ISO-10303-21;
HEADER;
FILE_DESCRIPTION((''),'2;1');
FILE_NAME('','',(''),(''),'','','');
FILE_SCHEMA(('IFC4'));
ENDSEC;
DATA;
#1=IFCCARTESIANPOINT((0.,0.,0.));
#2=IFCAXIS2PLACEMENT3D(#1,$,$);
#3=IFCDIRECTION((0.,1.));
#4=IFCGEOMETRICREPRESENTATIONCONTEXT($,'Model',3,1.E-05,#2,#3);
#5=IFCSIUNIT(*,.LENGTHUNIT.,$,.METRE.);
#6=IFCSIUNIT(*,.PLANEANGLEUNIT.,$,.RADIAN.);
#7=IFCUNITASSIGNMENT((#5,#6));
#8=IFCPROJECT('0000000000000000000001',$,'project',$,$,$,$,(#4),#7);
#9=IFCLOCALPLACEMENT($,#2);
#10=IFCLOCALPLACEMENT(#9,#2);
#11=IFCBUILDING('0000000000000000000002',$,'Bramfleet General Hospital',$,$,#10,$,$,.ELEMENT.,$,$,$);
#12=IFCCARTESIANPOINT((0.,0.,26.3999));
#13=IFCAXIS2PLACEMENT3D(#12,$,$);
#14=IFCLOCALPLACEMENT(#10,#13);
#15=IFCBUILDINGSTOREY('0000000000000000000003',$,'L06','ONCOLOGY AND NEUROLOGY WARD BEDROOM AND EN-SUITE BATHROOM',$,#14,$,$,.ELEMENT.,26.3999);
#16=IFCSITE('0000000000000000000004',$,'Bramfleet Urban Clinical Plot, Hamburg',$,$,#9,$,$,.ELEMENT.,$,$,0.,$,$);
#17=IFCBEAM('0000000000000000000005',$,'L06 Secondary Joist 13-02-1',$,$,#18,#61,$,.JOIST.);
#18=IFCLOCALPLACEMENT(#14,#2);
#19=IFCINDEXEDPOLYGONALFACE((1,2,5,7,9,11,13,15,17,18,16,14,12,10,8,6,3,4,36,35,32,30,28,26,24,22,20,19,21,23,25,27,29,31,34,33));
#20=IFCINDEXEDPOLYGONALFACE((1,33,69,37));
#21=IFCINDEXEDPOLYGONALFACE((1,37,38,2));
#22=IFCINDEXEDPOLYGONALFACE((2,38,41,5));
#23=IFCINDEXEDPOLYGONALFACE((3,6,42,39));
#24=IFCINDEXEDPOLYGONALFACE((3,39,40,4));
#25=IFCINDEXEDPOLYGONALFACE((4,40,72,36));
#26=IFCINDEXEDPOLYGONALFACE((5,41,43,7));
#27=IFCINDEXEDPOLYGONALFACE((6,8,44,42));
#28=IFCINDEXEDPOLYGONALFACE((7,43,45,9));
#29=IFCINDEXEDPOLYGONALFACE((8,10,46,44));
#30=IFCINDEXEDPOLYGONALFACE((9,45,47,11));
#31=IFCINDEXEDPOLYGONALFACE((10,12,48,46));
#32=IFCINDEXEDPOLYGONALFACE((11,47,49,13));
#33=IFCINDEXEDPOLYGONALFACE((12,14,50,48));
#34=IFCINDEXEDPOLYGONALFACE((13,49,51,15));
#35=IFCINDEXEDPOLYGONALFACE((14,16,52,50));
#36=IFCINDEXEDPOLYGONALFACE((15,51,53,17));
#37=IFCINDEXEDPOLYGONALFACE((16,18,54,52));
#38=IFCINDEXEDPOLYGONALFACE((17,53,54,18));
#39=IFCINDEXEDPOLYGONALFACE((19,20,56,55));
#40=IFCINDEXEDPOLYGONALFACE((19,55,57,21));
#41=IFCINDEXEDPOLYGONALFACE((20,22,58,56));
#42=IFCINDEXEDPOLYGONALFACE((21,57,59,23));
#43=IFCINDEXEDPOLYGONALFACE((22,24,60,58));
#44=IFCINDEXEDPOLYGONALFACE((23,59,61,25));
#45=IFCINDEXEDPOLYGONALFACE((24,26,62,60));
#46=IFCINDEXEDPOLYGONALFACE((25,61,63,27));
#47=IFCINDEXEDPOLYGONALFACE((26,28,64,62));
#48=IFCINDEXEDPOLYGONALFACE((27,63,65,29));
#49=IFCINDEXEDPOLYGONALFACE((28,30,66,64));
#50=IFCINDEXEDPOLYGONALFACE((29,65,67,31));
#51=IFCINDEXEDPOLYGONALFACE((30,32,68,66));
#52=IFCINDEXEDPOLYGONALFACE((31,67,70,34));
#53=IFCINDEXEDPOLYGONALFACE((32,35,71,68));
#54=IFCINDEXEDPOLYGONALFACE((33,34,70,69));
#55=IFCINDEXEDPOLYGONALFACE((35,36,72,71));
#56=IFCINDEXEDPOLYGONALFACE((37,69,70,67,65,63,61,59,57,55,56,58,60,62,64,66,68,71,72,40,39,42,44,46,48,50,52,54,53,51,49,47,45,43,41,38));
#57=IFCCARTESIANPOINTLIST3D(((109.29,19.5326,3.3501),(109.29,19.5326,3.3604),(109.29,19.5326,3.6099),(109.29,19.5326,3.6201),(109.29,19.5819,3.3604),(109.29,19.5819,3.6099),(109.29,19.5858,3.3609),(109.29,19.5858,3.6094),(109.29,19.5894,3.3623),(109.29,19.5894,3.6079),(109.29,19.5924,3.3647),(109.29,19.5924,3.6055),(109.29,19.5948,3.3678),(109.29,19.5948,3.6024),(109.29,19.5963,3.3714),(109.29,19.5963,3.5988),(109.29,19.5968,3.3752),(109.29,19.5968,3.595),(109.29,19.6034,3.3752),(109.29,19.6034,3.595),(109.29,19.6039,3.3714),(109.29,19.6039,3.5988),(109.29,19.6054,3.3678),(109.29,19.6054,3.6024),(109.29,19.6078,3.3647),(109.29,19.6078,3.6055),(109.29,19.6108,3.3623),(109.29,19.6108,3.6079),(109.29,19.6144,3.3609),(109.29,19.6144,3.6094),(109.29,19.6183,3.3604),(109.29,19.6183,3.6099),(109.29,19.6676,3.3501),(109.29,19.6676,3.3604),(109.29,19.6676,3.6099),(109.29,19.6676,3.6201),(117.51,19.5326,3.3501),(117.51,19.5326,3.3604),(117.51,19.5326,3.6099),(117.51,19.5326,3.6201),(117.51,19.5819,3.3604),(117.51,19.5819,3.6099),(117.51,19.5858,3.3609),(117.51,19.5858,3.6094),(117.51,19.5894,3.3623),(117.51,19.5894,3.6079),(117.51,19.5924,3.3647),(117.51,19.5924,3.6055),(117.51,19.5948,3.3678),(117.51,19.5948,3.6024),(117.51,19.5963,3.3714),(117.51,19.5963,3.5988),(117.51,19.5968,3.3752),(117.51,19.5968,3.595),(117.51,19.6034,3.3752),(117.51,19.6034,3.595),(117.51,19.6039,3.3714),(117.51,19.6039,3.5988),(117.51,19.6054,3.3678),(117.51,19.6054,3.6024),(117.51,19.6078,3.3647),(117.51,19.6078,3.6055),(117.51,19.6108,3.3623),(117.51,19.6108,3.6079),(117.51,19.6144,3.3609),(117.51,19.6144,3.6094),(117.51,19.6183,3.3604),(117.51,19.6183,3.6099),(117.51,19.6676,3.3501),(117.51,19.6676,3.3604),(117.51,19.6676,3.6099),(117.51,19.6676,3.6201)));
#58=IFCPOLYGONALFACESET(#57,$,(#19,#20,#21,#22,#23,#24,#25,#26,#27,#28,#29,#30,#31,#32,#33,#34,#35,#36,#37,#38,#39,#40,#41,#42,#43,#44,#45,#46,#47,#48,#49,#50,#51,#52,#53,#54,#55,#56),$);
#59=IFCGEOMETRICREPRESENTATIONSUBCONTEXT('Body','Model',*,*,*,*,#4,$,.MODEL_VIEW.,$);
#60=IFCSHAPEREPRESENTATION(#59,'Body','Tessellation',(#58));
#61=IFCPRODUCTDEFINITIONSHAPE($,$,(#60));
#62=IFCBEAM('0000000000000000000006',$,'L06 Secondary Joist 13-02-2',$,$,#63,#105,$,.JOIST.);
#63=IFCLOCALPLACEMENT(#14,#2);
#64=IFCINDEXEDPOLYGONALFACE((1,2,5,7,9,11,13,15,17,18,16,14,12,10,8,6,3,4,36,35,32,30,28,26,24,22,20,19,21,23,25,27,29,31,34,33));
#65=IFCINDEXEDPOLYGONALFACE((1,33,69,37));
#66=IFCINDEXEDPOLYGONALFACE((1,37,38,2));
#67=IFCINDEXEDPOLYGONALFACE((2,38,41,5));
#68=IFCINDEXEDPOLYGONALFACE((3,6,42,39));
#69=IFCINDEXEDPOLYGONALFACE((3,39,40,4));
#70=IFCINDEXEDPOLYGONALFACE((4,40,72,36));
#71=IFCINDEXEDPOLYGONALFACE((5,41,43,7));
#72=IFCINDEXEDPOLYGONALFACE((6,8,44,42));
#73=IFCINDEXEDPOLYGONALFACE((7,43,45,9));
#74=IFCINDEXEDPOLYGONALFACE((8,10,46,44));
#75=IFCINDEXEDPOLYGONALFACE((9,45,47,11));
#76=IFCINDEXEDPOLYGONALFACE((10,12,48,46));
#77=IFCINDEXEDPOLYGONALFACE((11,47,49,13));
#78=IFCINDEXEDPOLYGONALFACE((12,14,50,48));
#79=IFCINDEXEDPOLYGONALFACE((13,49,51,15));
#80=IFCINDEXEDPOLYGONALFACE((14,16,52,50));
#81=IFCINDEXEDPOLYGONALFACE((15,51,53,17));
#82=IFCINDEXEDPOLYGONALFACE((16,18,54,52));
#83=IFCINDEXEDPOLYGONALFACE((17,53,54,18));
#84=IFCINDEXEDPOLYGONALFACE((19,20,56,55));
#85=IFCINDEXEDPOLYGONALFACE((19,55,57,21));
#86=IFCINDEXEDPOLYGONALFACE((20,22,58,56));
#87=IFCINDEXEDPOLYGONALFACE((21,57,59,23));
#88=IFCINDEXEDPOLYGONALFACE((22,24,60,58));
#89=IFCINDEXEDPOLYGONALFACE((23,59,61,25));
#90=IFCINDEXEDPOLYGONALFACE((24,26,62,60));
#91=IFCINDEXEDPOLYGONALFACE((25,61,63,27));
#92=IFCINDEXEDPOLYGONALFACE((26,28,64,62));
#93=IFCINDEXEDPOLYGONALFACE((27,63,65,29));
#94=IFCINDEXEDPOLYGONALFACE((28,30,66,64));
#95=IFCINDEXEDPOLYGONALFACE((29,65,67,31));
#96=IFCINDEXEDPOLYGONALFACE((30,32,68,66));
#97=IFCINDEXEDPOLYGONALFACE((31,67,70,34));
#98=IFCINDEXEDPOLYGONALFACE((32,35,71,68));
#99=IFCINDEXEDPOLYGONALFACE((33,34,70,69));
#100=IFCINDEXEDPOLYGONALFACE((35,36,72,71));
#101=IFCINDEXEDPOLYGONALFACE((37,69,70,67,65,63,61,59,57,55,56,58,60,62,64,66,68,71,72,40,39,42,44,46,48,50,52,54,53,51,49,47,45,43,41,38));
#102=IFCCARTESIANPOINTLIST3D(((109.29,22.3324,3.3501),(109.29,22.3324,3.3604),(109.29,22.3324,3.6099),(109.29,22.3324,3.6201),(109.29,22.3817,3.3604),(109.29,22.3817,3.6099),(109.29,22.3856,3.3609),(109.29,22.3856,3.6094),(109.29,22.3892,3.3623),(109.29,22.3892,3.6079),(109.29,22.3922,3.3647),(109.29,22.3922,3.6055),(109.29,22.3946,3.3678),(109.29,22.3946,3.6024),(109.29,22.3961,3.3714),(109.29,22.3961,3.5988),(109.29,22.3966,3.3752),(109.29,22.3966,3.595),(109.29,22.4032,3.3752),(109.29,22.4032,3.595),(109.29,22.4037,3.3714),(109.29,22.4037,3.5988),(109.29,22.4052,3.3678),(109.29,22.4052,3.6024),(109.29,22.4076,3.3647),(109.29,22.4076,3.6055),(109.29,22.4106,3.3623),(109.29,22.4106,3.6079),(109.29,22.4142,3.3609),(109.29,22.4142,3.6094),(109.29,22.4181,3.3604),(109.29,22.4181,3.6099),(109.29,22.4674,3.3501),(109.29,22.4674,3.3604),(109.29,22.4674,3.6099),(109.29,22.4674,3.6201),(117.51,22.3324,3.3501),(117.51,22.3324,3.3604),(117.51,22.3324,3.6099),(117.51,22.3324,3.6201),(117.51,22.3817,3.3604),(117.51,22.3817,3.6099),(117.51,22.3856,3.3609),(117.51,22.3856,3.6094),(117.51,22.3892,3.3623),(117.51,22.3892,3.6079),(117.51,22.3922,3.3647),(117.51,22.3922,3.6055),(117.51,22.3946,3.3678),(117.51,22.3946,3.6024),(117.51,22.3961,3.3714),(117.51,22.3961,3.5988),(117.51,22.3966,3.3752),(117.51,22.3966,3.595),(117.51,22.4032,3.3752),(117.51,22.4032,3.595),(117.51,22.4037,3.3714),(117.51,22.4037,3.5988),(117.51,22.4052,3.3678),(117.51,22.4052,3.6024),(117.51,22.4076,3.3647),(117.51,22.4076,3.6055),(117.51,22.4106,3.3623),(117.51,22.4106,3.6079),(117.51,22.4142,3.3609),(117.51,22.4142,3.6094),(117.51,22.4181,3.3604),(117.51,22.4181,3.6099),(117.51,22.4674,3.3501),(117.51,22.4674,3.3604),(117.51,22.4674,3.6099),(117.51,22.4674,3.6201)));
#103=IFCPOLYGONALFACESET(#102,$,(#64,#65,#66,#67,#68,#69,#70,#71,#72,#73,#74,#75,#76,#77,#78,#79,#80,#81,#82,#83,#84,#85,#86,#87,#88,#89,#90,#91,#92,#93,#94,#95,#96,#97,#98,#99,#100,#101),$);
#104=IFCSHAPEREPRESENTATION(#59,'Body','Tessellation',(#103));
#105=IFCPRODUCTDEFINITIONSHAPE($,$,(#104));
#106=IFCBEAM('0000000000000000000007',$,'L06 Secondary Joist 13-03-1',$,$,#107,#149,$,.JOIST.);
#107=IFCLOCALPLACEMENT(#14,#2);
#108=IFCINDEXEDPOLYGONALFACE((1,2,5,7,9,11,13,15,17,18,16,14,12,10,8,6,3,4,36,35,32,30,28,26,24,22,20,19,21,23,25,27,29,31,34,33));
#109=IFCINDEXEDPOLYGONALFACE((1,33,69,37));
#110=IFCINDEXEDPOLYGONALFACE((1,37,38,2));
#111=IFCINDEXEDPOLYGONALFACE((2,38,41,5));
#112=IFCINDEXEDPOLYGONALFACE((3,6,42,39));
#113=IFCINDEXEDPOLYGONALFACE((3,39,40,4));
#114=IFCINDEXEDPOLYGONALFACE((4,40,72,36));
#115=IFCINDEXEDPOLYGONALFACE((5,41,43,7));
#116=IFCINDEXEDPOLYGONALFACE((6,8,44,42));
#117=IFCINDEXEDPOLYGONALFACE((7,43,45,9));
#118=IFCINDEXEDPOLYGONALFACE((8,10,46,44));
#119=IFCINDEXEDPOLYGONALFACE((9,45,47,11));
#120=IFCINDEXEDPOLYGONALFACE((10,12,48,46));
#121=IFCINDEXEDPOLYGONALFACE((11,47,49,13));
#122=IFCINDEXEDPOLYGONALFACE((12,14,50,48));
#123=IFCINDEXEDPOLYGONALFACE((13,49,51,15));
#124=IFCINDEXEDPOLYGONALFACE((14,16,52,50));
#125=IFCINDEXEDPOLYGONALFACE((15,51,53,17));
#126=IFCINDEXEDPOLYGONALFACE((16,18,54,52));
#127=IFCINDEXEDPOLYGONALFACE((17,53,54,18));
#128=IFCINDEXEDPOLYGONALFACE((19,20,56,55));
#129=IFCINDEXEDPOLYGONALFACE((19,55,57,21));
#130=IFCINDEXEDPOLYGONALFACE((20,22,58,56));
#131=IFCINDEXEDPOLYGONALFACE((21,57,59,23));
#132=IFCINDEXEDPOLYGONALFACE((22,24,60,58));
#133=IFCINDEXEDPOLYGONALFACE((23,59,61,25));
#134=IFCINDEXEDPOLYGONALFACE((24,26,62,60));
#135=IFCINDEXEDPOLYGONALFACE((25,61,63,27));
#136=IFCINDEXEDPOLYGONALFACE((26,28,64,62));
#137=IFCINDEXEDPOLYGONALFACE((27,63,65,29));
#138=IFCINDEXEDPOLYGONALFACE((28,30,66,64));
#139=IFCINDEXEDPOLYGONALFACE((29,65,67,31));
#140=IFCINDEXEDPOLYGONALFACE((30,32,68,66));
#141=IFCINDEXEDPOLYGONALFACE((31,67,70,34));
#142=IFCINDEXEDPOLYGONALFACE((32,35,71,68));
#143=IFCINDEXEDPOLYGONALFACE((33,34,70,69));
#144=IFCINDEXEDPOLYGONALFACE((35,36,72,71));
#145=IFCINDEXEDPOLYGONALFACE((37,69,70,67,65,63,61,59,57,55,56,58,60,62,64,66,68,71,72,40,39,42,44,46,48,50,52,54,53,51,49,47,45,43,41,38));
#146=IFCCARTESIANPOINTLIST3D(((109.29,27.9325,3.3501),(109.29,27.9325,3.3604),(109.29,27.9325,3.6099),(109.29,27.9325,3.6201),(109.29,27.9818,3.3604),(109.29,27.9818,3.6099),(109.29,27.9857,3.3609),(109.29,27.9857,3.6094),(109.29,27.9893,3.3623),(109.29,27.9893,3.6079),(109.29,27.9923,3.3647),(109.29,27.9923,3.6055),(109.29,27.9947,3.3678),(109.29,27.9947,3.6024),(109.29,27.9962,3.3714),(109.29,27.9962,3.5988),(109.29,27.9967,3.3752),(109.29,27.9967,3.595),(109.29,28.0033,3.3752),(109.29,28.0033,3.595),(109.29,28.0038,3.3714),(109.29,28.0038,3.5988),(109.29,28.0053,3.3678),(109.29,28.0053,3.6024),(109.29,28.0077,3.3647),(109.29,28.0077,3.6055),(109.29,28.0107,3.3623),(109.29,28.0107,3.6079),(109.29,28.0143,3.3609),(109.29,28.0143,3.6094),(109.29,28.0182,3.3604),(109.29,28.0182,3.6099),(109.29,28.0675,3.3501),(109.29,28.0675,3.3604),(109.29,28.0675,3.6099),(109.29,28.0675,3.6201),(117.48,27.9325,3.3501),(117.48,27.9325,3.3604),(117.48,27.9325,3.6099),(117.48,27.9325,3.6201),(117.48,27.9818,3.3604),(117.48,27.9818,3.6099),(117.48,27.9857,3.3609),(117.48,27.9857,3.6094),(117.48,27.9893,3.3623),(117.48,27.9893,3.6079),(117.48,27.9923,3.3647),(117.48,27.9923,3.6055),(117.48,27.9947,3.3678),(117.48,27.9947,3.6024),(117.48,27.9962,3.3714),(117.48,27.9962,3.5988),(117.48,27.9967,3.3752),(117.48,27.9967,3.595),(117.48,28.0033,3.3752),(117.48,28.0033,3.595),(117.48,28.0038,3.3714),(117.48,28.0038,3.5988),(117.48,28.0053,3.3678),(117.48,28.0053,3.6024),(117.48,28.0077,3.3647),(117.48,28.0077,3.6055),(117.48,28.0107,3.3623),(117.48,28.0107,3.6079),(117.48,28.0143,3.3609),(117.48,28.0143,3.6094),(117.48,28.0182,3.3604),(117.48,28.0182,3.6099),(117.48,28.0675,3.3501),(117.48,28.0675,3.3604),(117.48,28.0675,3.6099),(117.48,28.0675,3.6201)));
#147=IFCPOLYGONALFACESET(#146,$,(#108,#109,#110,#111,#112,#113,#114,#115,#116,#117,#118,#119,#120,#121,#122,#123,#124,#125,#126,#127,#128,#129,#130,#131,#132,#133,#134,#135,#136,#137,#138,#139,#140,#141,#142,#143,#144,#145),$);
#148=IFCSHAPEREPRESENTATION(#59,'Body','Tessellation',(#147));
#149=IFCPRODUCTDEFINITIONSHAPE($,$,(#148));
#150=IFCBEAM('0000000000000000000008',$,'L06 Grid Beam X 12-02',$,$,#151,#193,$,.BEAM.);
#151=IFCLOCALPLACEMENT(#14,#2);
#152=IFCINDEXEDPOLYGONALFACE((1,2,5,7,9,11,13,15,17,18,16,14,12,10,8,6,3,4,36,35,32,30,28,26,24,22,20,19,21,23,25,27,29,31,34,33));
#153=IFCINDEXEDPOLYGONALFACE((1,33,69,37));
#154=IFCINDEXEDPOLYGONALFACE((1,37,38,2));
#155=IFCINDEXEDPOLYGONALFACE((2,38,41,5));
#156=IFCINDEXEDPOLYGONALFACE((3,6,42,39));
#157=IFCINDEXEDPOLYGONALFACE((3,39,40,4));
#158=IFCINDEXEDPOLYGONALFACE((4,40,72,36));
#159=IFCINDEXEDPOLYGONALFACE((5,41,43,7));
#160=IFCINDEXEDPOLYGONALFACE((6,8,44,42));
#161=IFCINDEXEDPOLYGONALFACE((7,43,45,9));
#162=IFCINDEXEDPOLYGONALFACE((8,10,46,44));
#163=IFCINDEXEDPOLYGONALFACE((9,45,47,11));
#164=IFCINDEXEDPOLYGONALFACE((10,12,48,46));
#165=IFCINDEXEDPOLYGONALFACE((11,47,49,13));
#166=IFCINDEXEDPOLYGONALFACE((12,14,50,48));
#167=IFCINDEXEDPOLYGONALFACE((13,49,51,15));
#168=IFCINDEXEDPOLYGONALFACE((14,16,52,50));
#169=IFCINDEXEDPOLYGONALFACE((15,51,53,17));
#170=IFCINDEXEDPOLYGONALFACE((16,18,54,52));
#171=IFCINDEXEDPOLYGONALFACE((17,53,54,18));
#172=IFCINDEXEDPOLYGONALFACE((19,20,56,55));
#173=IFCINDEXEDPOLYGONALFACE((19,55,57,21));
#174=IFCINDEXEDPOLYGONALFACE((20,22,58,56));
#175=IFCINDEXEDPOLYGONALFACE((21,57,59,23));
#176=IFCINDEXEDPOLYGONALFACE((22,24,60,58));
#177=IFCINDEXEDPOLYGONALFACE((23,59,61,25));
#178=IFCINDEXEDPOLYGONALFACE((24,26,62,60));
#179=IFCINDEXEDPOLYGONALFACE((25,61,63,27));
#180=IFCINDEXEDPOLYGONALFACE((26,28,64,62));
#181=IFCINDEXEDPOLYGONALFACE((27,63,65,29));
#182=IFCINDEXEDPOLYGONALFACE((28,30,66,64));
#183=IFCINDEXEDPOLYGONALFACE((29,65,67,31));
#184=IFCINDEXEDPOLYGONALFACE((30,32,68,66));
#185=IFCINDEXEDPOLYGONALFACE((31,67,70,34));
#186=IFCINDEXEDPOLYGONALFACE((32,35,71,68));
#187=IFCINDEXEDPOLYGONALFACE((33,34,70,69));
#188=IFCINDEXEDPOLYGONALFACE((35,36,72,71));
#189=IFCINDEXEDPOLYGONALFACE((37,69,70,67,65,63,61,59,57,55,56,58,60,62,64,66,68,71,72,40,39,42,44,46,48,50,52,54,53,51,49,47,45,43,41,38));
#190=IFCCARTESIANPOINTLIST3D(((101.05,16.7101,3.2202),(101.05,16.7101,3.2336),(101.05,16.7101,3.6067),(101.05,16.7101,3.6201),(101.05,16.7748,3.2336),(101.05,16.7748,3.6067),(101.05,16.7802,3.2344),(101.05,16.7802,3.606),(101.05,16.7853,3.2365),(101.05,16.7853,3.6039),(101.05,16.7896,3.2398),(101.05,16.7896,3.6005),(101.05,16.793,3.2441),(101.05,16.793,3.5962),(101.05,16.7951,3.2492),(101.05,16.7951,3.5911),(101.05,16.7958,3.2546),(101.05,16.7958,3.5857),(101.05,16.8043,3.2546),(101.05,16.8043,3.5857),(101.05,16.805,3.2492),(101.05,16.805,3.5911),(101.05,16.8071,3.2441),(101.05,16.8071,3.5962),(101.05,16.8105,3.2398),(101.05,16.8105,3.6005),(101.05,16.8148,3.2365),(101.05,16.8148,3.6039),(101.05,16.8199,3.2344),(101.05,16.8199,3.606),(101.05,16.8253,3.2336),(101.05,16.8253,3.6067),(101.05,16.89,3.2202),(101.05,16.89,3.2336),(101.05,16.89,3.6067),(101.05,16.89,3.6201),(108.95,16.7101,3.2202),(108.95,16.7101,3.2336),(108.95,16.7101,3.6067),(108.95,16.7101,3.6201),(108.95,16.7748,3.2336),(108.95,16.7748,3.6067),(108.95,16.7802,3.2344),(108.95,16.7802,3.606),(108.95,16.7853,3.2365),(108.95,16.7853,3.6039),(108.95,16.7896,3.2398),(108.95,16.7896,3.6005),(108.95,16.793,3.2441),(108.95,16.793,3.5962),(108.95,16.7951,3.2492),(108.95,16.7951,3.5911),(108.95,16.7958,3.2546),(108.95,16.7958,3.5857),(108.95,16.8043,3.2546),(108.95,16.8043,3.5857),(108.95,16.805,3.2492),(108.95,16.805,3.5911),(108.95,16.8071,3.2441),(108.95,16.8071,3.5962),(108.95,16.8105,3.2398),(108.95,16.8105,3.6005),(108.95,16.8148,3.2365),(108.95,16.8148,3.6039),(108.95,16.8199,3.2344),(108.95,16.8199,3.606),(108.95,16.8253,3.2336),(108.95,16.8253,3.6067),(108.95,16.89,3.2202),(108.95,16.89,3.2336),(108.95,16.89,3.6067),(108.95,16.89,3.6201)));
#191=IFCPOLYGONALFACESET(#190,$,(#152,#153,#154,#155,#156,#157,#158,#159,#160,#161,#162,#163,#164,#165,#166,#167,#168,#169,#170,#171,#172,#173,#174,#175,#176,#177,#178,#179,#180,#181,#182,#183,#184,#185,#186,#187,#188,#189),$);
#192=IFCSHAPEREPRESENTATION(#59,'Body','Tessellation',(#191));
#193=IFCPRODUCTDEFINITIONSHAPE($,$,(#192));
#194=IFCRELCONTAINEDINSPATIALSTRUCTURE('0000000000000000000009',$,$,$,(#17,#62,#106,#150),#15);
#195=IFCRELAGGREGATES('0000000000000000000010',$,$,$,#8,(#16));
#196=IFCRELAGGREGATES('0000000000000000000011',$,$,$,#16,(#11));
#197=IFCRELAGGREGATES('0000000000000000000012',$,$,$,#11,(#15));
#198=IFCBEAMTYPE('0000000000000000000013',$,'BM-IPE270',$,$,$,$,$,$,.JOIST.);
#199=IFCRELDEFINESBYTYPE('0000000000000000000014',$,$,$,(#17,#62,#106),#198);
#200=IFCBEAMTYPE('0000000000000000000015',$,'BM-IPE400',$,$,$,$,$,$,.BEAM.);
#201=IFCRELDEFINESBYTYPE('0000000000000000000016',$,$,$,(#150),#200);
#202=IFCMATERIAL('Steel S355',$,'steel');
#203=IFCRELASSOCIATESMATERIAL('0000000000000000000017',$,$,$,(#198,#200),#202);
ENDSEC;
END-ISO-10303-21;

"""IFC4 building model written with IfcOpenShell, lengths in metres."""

from ifc_helpers import new_model, si_unit, direction, frame, origin, origin_2d, place, context, subcontext, project, spatial, i_section, extrude, material, material_profile, profile_set, type_object, element, save


model = new_model("IFC4")

# Units and contexts
model_context = context("Model", 3, precision=1e-05, world=origin(), true_north=direction((0.0, 1.0)))
body_context = subcontext(model_context, "Body", "Model", "MODEL_VIEW")
ifc_project = project(units=[si_unit("LENGTHUNIT", "METRE"), si_unit("PLANEANGLEUNIT", "RADIAN")], contexts=[model_context])

# Site, building, storey
site_placement = place(None, origin())
site = spatial("IfcSite", under=ifc_project, at=site_placement, Name="Bramfleet Urban Clinical Plot, Hamburg", CompositionType="ELEMENT", RefElevation=0.0)
building_placement = place(site_placement, origin())
building = spatial("IfcBuilding", under=site, at=building_placement, Name="Bramfleet General Hospital", CompositionType="ELEMENT")
storey_placement = place(building_placement, frame((0.0, 0.0, 26.3999)))
storey = spatial("IfcBuildingStorey", under=building, at=storey_placement, Name="L06", Description="ONCOLOGY AND NEUROLOGY WARD BEDROOM AND EN-SUITE BATHROOM", CompositionType="ELEMENT", Elevation=26.3999)

# Beams
ifc_material_1 = material(Name="Steel S355", Category="steel")
ifc_material_profile_1 = material_profile(ifc_material_1, i_section(OverallWidth=0.135, OverallDepth=0.27, WebThickness=0.0066, FlangeThickness=0.0103, FilletRadius=0.0149, at=origin_2d()), Name="IPE 270")
ifc_profile_set_1 = profile_set([ifc_material_profile_1], Name="Steel S355")
beam_type_1 = type_object("IfcBeamType", Name="BM-IPE270", PredefinedType="JOIST", material=ifc_profile_set_1)
for number, where, z_axis, x_axis, name in (
    (1, (109.29, 19.6001, 3.4851), (1.0, 0.0, 0.0), (0.0, 1.0, 0.0), "L06 Secondary Joist 13-02-1"),
    (2, (109.29, 22.3999, 3.4851), (1.0, 0.0, 0.0), (0.0, 1.0, 0.0), "L06 Secondary Joist 13-02-2"),
):
    element("IfcBeam", number, at=place(storey_placement, frame(where, z_axis=z_axis, x_axis=x_axis)), inside=storey, type_object=beam_type_1, Name=name, PredefinedType="JOIST", context=body_context, shape_type="SweptSolid", body=[
        extrude(i_section(OverallWidth=0.135, OverallDepth=0.27, WebThickness=0.0066, FlangeThickness=0.0103, FilletRadius=0.0149, at=origin_2d()), origin(), (0.0, 0.0, 1.0), 8.22),
    ])
beam_1_placement = place(storey_placement, frame((109.29, 28.0, 3.4851), z_axis=(1.0, 0.0, 0.0), x_axis=(0.0, 1.0, 0.0)))
element("IfcBeam", 3, at=beam_1_placement, inside=storey, type_object=beam_type_1, Name="L06 Secondary Joist 13-03-1", PredefinedType="JOIST", context=body_context, shape_type="SweptSolid", body=[
    extrude(i_section(OverallWidth=0.135, OverallDepth=0.27, WebThickness=0.0066, FlangeThickness=0.0103, FilletRadius=0.0149, at=origin_2d()), origin(), (0.0, 0.0, 1.0), 8.1899),
])
ifc_material_profile_2 = material_profile(ifc_material_1, i_section(OverallWidth=0.1799, OverallDepth=0.3999, WebThickness=0.0085, FlangeThickness=0.0134, FilletRadius=0.021, at=origin_2d()), Name="IPE 400")
ifc_profile_set_2 = profile_set([ifc_material_profile_2], Name="Steel S355")
beam_type_2 = type_object("IfcBeamType", Name="BM-IPE400", PredefinedType="BEAM", material=ifc_profile_set_2)
for number, where, z_axis, x_axis, name in (
    (4, (101.05, 16.8, 3.4202), (1.0, 0.0, 0.0), (0.0, 1.0, 0.0), "L06 Grid Beam X 12-02"),
):
    element("IfcBeam", number, at=place(storey_placement, frame(where, z_axis=z_axis, x_axis=x_axis)), inside=storey, type_object=beam_type_2, Name=name, PredefinedType="BEAM", context=body_context, shape_type="SweptSolid", body=[
        extrude(i_section(OverallWidth=0.1799, OverallDepth=0.3999, WebThickness=0.0085, FlangeThickness=0.0134, FilletRadius=0.021, at=origin_2d()), origin(), (0.0, 0.0, 1.0), 7.8999),
    ])

save(model, "model.ifc")
